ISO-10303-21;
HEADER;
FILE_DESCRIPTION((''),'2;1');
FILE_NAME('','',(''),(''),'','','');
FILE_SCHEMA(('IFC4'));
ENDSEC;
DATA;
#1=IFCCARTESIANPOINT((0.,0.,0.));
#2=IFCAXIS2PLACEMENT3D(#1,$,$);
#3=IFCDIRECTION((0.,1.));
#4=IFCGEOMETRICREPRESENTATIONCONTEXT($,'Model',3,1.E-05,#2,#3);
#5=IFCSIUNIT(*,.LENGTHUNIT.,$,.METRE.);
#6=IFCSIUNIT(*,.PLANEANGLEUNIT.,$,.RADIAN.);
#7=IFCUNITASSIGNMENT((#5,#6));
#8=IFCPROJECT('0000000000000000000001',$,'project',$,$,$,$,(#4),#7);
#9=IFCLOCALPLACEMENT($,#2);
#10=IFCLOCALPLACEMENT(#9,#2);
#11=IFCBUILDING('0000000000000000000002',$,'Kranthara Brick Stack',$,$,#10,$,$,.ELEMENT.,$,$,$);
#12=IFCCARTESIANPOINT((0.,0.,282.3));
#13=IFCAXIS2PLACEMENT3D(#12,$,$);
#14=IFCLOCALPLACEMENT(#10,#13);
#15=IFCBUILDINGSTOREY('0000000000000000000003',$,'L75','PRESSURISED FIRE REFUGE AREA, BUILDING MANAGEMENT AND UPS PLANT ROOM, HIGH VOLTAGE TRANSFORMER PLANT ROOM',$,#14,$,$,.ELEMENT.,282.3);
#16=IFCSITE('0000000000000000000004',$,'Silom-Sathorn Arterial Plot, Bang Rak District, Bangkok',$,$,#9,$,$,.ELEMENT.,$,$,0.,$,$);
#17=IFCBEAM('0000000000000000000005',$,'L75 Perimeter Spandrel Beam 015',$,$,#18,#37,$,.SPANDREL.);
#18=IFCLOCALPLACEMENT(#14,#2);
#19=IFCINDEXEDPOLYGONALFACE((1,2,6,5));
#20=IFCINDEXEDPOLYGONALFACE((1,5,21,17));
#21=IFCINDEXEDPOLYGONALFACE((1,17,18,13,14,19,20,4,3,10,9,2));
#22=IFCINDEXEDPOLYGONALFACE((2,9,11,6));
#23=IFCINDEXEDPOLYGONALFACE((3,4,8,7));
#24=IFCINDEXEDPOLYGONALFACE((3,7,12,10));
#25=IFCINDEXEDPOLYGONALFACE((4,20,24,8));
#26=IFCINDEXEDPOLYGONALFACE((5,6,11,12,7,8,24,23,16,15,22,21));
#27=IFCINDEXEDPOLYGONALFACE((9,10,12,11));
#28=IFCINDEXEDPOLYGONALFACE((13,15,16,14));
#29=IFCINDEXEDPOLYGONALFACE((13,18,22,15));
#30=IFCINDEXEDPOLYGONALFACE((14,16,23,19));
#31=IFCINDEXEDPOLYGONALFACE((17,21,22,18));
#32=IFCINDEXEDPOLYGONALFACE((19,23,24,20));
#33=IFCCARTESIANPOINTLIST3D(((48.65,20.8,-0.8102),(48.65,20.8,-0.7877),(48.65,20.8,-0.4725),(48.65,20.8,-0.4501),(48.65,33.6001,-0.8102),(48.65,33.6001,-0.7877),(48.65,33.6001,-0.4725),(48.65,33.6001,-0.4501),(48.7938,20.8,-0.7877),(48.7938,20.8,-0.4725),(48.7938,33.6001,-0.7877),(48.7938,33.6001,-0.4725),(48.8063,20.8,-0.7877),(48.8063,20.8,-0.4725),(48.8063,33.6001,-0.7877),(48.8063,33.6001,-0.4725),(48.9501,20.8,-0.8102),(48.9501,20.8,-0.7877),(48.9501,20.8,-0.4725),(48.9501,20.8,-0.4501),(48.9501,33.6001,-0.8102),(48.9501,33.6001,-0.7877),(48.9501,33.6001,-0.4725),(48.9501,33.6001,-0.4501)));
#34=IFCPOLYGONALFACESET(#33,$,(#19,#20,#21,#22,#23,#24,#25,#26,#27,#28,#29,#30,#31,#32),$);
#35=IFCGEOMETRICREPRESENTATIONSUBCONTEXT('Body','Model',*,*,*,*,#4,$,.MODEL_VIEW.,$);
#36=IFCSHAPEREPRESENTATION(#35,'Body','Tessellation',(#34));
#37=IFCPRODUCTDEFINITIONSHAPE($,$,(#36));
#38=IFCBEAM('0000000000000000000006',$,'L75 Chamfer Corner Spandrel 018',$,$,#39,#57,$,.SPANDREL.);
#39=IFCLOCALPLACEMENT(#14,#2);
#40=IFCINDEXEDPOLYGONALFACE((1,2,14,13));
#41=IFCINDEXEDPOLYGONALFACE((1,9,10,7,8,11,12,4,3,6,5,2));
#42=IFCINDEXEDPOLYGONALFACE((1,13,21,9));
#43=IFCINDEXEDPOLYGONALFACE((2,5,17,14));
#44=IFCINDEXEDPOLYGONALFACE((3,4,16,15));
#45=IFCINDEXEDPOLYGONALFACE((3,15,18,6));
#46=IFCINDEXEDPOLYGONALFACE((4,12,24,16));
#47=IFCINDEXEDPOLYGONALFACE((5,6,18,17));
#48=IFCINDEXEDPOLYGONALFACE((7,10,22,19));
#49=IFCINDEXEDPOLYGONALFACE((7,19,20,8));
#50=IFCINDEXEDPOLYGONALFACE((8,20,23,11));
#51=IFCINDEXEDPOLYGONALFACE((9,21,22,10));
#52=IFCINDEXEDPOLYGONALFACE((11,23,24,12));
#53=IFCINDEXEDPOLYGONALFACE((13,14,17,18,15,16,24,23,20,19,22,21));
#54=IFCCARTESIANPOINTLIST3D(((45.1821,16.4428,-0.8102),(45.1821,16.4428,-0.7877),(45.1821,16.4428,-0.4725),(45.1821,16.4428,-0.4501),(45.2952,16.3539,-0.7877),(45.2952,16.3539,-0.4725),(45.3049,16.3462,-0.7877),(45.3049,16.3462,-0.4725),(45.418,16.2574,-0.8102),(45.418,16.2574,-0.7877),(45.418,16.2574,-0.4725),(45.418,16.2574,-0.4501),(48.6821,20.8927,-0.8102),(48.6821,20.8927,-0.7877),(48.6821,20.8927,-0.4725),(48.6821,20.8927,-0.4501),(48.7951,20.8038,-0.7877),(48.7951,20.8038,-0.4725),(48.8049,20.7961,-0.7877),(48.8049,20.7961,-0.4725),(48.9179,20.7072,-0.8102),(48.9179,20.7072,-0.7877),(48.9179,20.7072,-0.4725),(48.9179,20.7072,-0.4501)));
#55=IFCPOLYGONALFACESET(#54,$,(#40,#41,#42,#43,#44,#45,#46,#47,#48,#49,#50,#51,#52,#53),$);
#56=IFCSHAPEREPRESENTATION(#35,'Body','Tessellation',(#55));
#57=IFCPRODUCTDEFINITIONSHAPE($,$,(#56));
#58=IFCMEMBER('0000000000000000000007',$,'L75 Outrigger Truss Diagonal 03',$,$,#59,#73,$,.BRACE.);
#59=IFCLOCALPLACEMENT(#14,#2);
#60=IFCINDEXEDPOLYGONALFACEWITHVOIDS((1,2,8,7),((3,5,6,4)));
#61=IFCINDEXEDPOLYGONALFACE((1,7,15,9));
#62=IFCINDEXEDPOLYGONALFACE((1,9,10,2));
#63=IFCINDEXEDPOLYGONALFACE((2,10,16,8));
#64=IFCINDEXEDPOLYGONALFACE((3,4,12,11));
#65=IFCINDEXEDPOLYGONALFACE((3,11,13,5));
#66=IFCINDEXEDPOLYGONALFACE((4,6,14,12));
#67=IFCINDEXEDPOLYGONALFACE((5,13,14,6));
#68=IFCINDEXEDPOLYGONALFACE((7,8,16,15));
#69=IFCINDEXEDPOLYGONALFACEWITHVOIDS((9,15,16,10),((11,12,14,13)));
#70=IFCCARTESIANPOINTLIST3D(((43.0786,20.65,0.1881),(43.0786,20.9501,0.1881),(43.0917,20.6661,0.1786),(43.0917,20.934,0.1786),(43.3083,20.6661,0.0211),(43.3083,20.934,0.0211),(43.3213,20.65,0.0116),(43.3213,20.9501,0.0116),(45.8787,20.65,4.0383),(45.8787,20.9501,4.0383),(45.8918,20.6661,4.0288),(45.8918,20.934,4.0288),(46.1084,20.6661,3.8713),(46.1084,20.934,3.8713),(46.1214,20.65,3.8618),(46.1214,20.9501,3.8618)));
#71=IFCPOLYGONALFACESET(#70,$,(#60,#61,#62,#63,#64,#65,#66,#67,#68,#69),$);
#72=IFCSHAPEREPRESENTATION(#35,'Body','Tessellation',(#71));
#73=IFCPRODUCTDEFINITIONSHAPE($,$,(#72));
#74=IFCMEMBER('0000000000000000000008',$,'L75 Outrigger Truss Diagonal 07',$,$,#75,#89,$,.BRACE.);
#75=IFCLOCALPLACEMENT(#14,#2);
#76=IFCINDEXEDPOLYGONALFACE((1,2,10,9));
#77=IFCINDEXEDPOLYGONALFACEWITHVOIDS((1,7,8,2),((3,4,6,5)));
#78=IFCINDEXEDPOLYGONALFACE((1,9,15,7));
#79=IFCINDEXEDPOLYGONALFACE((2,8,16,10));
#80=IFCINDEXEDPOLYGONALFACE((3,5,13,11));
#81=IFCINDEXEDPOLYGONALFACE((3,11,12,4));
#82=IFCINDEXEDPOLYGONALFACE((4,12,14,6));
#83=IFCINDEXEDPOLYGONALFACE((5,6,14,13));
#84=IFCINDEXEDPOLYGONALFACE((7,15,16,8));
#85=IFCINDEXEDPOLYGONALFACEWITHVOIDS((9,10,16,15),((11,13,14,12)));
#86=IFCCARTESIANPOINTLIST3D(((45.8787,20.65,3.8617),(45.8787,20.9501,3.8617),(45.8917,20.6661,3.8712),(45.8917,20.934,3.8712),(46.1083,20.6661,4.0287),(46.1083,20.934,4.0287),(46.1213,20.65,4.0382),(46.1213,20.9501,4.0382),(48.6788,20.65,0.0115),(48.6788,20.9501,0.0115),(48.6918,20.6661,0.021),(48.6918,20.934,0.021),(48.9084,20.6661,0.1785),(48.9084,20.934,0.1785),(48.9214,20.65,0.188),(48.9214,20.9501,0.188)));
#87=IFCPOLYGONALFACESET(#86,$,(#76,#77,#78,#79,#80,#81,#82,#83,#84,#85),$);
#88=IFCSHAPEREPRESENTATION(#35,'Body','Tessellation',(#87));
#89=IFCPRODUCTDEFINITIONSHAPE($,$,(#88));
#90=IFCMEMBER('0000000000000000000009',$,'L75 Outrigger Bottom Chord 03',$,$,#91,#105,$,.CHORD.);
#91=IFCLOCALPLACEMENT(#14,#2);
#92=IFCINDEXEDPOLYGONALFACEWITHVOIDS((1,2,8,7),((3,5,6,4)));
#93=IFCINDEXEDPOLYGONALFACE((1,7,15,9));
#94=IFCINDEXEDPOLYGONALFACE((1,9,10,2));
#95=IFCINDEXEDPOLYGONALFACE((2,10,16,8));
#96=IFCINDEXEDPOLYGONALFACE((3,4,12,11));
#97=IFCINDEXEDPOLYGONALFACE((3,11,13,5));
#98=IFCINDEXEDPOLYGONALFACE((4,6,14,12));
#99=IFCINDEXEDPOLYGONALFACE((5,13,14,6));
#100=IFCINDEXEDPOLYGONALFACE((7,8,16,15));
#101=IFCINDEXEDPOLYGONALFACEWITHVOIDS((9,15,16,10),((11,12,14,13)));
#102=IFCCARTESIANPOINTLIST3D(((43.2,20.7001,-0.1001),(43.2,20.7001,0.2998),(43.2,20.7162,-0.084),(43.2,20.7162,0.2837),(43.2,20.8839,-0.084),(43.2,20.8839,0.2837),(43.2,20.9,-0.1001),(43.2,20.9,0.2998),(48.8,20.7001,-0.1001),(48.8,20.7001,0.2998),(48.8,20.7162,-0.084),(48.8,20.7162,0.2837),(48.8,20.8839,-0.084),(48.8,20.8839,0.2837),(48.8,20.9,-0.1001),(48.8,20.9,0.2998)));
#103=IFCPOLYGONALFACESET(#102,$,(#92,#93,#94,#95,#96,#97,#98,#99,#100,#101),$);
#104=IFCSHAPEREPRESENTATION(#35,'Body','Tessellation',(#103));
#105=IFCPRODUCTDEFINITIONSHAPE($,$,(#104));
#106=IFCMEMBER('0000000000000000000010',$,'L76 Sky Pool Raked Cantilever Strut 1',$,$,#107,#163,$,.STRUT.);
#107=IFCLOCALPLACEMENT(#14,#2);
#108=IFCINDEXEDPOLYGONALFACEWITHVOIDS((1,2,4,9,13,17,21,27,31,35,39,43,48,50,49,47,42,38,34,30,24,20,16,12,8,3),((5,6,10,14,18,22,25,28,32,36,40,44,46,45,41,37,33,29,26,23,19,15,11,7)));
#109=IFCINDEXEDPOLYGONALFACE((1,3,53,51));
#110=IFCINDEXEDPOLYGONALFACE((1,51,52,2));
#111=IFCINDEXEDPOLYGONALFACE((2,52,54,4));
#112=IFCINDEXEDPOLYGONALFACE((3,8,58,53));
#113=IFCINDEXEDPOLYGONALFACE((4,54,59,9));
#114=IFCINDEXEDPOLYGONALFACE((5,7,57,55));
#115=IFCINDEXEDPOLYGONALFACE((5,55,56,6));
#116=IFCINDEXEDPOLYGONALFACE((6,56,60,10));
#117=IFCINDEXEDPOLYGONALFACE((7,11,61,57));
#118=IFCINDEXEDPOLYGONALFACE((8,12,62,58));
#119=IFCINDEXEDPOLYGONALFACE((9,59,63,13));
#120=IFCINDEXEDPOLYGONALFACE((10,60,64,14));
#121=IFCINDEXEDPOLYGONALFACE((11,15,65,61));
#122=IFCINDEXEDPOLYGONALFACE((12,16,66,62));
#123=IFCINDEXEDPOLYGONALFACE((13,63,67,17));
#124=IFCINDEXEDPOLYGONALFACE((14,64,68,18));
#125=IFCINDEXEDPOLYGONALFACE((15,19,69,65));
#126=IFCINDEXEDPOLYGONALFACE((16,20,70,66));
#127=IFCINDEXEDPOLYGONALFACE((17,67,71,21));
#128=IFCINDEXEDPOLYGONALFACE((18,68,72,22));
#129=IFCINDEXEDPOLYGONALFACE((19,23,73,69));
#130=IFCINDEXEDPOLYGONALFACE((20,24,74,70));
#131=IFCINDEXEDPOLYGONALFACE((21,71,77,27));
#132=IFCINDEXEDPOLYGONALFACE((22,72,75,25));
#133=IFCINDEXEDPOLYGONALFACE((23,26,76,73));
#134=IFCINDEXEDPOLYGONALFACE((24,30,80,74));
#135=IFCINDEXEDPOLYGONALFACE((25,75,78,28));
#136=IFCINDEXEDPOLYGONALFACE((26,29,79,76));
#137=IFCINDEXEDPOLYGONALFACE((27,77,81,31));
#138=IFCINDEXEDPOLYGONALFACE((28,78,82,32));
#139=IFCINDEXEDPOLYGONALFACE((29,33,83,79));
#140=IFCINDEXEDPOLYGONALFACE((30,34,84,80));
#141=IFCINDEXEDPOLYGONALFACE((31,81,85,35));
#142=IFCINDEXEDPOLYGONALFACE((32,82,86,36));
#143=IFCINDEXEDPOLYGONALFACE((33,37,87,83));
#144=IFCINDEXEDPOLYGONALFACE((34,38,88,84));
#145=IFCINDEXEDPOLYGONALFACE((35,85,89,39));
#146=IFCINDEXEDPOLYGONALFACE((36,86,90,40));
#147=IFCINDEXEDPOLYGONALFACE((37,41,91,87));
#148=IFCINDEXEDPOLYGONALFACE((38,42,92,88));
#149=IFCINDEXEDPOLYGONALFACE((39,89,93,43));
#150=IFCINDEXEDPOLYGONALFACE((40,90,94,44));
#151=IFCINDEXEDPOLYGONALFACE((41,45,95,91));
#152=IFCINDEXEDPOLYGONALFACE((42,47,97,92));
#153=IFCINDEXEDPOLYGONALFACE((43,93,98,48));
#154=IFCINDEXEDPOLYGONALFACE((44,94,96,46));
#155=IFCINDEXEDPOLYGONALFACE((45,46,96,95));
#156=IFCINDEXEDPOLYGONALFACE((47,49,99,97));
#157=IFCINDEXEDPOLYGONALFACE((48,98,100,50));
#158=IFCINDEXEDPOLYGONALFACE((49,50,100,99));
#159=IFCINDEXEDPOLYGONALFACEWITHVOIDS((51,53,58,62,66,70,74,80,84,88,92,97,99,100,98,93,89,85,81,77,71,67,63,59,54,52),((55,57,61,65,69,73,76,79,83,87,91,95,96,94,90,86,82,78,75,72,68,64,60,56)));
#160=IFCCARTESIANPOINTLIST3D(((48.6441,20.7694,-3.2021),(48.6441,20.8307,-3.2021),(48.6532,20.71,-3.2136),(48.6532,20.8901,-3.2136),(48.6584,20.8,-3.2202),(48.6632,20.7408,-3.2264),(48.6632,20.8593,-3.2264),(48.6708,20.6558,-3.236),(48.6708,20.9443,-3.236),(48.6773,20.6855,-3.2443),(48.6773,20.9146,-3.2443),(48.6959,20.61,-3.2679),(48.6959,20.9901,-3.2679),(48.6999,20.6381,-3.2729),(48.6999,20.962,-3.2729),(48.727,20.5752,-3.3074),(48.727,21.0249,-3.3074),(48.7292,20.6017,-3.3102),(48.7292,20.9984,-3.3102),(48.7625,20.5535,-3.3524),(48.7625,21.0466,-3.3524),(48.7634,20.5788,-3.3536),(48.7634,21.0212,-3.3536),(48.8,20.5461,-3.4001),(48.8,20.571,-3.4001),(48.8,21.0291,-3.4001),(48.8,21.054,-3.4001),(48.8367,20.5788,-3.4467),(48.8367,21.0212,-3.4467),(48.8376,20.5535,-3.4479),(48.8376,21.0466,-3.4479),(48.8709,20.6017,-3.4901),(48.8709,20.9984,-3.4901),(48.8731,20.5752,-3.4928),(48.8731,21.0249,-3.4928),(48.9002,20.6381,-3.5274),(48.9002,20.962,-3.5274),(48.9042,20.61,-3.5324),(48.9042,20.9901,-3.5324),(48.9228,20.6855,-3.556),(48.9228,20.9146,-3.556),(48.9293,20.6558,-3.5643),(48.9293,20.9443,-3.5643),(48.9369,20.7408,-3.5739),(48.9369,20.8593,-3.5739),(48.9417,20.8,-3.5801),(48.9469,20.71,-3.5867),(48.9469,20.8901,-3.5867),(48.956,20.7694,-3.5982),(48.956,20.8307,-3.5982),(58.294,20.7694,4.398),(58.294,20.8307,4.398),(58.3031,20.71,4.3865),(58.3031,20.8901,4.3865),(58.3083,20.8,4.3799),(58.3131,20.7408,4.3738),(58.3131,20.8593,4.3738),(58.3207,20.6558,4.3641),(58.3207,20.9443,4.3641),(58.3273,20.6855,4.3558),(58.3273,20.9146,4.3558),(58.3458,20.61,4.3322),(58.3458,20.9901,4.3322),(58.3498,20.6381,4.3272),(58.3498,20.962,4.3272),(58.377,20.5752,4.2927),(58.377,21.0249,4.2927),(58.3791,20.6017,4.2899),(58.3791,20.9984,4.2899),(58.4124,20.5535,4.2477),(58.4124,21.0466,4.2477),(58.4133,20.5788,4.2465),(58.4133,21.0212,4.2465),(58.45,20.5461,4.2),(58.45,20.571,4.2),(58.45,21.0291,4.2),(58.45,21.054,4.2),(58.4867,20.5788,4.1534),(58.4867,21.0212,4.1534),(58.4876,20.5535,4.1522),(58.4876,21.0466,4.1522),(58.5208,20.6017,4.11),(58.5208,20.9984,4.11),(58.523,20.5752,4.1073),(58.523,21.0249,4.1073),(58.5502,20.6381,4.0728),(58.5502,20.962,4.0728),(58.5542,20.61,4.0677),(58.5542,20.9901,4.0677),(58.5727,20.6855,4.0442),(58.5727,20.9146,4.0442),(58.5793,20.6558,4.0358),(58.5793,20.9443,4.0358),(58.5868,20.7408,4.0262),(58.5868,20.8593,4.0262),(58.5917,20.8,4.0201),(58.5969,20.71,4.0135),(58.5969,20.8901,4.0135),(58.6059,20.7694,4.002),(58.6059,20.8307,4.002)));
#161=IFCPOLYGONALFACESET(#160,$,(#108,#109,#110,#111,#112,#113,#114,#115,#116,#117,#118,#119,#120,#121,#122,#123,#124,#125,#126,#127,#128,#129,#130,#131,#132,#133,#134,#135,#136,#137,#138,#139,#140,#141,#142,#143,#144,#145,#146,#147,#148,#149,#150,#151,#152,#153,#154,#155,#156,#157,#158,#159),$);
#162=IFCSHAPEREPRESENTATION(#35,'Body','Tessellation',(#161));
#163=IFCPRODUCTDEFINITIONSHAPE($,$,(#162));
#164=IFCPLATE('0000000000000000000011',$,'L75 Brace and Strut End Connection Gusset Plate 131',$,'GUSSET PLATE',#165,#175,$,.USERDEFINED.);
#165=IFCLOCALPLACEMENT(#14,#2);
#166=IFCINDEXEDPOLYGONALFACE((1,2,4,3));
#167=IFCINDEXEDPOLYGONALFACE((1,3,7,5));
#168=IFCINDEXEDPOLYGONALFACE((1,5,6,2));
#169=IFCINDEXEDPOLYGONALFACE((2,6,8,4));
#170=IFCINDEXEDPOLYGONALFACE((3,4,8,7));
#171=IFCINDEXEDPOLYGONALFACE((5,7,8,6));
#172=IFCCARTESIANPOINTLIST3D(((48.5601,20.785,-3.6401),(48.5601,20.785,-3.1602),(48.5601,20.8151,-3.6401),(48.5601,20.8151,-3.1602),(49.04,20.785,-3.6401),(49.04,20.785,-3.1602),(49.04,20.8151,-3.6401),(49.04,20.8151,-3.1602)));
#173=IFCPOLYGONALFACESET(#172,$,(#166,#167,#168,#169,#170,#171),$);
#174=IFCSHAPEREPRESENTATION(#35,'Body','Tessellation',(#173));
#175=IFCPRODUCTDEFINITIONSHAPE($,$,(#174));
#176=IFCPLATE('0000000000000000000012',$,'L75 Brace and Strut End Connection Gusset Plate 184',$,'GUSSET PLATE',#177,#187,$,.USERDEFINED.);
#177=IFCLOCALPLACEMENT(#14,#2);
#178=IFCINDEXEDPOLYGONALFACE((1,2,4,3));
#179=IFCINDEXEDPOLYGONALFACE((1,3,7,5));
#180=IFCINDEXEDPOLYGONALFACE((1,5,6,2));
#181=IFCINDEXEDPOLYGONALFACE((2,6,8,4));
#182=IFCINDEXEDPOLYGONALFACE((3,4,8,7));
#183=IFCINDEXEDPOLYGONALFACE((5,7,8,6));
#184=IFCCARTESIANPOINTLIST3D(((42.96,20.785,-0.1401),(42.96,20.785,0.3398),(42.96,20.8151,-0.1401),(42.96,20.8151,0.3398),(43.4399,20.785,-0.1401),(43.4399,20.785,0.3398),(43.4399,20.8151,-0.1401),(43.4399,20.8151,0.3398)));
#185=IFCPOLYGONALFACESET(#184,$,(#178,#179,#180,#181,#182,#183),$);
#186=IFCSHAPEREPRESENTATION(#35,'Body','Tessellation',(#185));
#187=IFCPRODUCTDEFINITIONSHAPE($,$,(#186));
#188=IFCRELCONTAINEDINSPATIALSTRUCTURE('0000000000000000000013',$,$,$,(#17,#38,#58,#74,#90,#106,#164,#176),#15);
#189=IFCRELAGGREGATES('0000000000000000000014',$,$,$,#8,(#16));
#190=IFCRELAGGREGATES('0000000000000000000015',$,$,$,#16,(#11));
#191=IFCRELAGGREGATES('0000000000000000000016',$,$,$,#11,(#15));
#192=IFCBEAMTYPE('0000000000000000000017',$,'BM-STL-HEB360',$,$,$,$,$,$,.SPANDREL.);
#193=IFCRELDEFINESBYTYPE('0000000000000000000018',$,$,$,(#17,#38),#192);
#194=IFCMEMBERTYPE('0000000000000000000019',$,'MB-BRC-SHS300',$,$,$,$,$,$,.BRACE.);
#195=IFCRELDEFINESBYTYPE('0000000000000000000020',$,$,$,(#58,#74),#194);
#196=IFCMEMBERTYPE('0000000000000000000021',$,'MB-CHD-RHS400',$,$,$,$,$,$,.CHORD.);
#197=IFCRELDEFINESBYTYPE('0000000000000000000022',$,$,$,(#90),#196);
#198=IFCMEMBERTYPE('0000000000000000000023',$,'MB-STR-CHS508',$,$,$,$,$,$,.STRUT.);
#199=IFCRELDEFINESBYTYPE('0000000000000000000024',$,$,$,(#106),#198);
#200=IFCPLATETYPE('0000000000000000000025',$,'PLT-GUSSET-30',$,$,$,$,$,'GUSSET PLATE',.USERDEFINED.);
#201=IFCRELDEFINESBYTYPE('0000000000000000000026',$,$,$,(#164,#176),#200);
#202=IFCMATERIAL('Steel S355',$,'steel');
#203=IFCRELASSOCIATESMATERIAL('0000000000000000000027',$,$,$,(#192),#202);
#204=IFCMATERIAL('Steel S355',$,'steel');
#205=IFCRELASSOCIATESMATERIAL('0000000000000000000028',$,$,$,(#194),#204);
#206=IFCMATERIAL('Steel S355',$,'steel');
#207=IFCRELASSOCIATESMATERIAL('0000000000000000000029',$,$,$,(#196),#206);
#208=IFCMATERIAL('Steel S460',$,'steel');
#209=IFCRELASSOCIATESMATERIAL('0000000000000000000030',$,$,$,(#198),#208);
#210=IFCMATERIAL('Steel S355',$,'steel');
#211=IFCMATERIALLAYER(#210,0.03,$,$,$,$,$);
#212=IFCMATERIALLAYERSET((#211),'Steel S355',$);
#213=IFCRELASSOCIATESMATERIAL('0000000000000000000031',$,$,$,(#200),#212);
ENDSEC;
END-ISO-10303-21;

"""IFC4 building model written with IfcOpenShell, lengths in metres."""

from ifc_helpers import new_model, si_unit, direction, frame, origin, origin_2d, place, context, subcontext, project, spatial, rectangle, hollow_rectangle, hollow_circle, i_section, extrude, material, layer, layer_set, material_profile, profile_set, type_object, element, save


model = new_model("IFC4")

# Units and contexts
model_context = context("Model", 3, precision=1e-05, world=origin(), true_north=direction((0.0, 1.0)))
body_context = subcontext(model_context, "Body", "Model", "MODEL_VIEW")
ifc_project = project(units=[si_unit("LENGTHUNIT", "METRE"), si_unit("PLANEANGLEUNIT", "RADIAN")], contexts=[model_context])

# Site, building, storey
site_placement = place(None, origin())
site = spatial("IfcSite", under=ifc_project, at=site_placement, Name="Silom-Sathorn Arterial Plot, Bang Rak District, Bangkok", CompositionType="ELEMENT", RefElevation=0.0)
building_placement = place(site_placement, origin())
building = spatial("IfcBuilding", under=site, at=building_placement, Name="Kranthara Brick Stack", CompositionType="ELEMENT")
storey_placement = place(building_placement, frame((0.0, 0.0, 282.3)))
storey = spatial("IfcBuildingStorey", under=building, at=storey_placement, Name="L75", Description="PRESSURISED FIRE REFUGE AREA, BUILDING MANAGEMENT AND UPS PLANT ROOM, HIGH VOLTAGE TRANSFORMER PLANT ROOM", CompositionType="ELEMENT", Elevation=282.3)

# Beams
ifc_material_1 = material(Name="Steel S355", Category="steel")
ifc_material_profile_1 = material_profile(ifc_material_1, i_section(OverallWidth=0.3, OverallDepth=0.3601, WebThickness=0.0125, FlangeThickness=0.0225, at=origin_2d()), Name="HEB 360")
ifc_profile_set_1 = profile_set([ifc_material_profile_1], Name="Steel S355")
beam_type_1 = type_object("IfcBeamType", Name="BM-STL-HEB360", PredefinedType="SPANDREL", material=ifc_profile_set_1)
beam_1_placement = place(storey_placement, frame((48.8, 20.8, -0.6301), z_axis=(0.0, 1.0, 0.0), x_axis=(-1.0, 0.0, 0.0)))
element("IfcBeam", 1, at=beam_1_placement, inside=storey, type_object=beam_type_1, Name="L75 Perimeter Spandrel Beam 015", PredefinedType="SPANDREL", context=body_context, shape_type="SweptSolid", body=[
    extrude(i_section(OverallWidth=0.3, OverallDepth=0.3601, WebThickness=0.0125, FlangeThickness=0.0225, at=origin_2d()), origin(), (0.0, 0.0, 1.0), 12.8),
])
beam_2_placement = place(storey_placement, frame((45.3, 16.3501, -0.6301), z_axis=(0.618216, 0.786008, 0.0), x_axis=(-0.786008, 0.618216, 0.0)))
element("IfcBeam", 2, at=beam_2_placement, inside=storey, type_object=beam_type_1, Name="L75 Chamfer Corner Spandrel 018", PredefinedType="SPANDREL", context=body_context, shape_type="SweptSolid", body=[
    extrude(i_section(OverallWidth=0.3, OverallDepth=0.3601, WebThickness=0.0125, FlangeThickness=0.0225, at=origin_2d()), origin(), (0.0, 0.0, 1.0), 5.6614),
])

# Members
ifc_material_2 = material(Name="Steel S355", Category="steel")
ifc_material_profile_2 = material_profile(ifc_material_2, hollow_rectangle(XDim=0.3, YDim=0.3, WallThickness=0.0161, at=origin_2d()), Name="SHS 300x300x16")
ifc_profile_set_2 = profile_set([ifc_material_profile_2], Name="Steel S355")
member_type_1 = type_object("IfcMemberType", Name="MB-BRC-SHS300", PredefinedType="BRACE", material=ifc_profile_set_2)
for number, where, z_axis, x_axis, name in (
    (3, (43.2, 20.8, 0.0999), (0.588169, 0.0, 0.808738), (0.0, 1.0, 0.0), "L75 Outrigger Truss Diagonal 03"),
    (4, (46.0, 20.8, 3.95), (0.588169, 0.0, -0.808738), (0.0, 1.0, 0.0), "L75 Outrigger Truss Diagonal 07"),
):
    element("IfcMember", number, at=place(storey_placement, frame(where, z_axis=z_axis, x_axis=x_axis)), inside=storey, type_object=member_type_1, Name=name, PredefinedType="BRACE", context=body_context, shape_type="SweptSolid", body=[
        extrude(hollow_rectangle(XDim=0.3, YDim=0.3, WallThickness=0.0161, at=origin_2d()), origin(), (0.0, 0.0, 1.0), 4.7607),
    ])
ifc_material_3 = material(Name="Steel S355", Category="steel")
ifc_material_profile_3 = material_profile(ifc_material_3, hollow_rectangle(XDim=0.2, YDim=0.3999, WallThickness=0.0161, at=origin_2d()), Name="RHS 200x400x16")
ifc_profile_set_3 = profile_set([ifc_material_profile_3], Name="Steel S355")
member_type_2 = type_object("IfcMemberType", Name="MB-CHD-RHS400", PredefinedType="CHORD", material=ifc_profile_set_3)
member_1_placement = place(storey_placement, frame((43.2, 20.8, 0.0999), z_axis=(1.0, 0.0, 0.0), x_axis=(0.0, 1.0, 0.0)))
element("IfcMember", 5, at=member_1_placement, inside=storey, type_object=member_type_2, Name="L75 Outrigger Bottom Chord 03", PredefinedType="CHORD", context=body_context, shape_type="SweptSolid", body=[
    extrude(hollow_rectangle(XDim=0.2, YDim=0.3999, WallThickness=0.0161, at=origin_2d()), origin(), (0.0, 0.0, 1.0), 5.6001),
])
ifc_material_4 = material(Name="Steel S460", Category="steel")
ifc_material_profile_4 = material_profile(ifc_material_4, hollow_circle(Radius=0.2539, WallThickness=0.0249, at=origin_2d()), Name="CHS 508x25")
ifc_profile_set_4 = profile_set([ifc_material_profile_4], Name="Steel S460")
member_type_3 = type_object("IfcMemberType", Name="MB-STR-CHS508", PredefinedType="STRUT", material=ifc_profile_set_4)
member_2_placement = place(storey_placement, frame((48.8, 20.8, -3.4001), z_axis=(0.785605, 0.0, 0.618729), x_axis=(0.0, 1.0, 0.0)))
element("IfcMember", 6, at=member_2_placement, inside=storey, type_object=member_type_3, Name="L76 Sky Pool Raked Cantilever Strut 1", PredefinedType="STRUT", context=body_context, shape_type="SweptSolid", body=[
    extrude(hollow_circle(Radius=0.2539, WallThickness=0.0249, at=origin_2d()), origin(), (0.0, 0.0, 1.0), 12.2834),
])

# Plates
ifc_material_5 = material(Name="Steel S355", Category="steel")
ifc_layer_1 = layer(ifc_material_5, 0.03)
ifc_layer_set_1 = layer_set([ifc_layer_1], Name="Steel S355")
plate_type = type_object("IfcPlateType", Name="PLT-GUSSET-30", ElementType="GUSSET PLATE", PredefinedType="USERDEFINED", material=ifc_layer_set_1)
for number, where, z_axis, x_axis, name in (
    (7, (48.8, 20.8, -3.6401), (0.0, 0.0, 1.0), (1.0, 0.0, 0.0), "L75 Brace and Strut End Connection Gusset Plate 131"),
    (8, (43.2, 20.8, -0.1401), (0.0, 0.0, 1.0), (1.0, 0.0, 0.0), "L75 Brace and Strut End Connection Gusset Plate 184"),
):
    element("IfcPlate", number, at=place(storey_placement, frame(where, z_axis=z_axis, x_axis=x_axis)), inside=storey, type_object=plate_type, Name=name, ObjectType="GUSSET PLATE", PredefinedType="USERDEFINED", context=body_context, shape_type="SweptSolid", body=[
        extrude(rectangle(XDim=0.48, YDim=0.03, at=origin_2d()), origin(), (0.0, 0.0, 1.0), 0.48),
    ])

save(model, "model.ifc")
